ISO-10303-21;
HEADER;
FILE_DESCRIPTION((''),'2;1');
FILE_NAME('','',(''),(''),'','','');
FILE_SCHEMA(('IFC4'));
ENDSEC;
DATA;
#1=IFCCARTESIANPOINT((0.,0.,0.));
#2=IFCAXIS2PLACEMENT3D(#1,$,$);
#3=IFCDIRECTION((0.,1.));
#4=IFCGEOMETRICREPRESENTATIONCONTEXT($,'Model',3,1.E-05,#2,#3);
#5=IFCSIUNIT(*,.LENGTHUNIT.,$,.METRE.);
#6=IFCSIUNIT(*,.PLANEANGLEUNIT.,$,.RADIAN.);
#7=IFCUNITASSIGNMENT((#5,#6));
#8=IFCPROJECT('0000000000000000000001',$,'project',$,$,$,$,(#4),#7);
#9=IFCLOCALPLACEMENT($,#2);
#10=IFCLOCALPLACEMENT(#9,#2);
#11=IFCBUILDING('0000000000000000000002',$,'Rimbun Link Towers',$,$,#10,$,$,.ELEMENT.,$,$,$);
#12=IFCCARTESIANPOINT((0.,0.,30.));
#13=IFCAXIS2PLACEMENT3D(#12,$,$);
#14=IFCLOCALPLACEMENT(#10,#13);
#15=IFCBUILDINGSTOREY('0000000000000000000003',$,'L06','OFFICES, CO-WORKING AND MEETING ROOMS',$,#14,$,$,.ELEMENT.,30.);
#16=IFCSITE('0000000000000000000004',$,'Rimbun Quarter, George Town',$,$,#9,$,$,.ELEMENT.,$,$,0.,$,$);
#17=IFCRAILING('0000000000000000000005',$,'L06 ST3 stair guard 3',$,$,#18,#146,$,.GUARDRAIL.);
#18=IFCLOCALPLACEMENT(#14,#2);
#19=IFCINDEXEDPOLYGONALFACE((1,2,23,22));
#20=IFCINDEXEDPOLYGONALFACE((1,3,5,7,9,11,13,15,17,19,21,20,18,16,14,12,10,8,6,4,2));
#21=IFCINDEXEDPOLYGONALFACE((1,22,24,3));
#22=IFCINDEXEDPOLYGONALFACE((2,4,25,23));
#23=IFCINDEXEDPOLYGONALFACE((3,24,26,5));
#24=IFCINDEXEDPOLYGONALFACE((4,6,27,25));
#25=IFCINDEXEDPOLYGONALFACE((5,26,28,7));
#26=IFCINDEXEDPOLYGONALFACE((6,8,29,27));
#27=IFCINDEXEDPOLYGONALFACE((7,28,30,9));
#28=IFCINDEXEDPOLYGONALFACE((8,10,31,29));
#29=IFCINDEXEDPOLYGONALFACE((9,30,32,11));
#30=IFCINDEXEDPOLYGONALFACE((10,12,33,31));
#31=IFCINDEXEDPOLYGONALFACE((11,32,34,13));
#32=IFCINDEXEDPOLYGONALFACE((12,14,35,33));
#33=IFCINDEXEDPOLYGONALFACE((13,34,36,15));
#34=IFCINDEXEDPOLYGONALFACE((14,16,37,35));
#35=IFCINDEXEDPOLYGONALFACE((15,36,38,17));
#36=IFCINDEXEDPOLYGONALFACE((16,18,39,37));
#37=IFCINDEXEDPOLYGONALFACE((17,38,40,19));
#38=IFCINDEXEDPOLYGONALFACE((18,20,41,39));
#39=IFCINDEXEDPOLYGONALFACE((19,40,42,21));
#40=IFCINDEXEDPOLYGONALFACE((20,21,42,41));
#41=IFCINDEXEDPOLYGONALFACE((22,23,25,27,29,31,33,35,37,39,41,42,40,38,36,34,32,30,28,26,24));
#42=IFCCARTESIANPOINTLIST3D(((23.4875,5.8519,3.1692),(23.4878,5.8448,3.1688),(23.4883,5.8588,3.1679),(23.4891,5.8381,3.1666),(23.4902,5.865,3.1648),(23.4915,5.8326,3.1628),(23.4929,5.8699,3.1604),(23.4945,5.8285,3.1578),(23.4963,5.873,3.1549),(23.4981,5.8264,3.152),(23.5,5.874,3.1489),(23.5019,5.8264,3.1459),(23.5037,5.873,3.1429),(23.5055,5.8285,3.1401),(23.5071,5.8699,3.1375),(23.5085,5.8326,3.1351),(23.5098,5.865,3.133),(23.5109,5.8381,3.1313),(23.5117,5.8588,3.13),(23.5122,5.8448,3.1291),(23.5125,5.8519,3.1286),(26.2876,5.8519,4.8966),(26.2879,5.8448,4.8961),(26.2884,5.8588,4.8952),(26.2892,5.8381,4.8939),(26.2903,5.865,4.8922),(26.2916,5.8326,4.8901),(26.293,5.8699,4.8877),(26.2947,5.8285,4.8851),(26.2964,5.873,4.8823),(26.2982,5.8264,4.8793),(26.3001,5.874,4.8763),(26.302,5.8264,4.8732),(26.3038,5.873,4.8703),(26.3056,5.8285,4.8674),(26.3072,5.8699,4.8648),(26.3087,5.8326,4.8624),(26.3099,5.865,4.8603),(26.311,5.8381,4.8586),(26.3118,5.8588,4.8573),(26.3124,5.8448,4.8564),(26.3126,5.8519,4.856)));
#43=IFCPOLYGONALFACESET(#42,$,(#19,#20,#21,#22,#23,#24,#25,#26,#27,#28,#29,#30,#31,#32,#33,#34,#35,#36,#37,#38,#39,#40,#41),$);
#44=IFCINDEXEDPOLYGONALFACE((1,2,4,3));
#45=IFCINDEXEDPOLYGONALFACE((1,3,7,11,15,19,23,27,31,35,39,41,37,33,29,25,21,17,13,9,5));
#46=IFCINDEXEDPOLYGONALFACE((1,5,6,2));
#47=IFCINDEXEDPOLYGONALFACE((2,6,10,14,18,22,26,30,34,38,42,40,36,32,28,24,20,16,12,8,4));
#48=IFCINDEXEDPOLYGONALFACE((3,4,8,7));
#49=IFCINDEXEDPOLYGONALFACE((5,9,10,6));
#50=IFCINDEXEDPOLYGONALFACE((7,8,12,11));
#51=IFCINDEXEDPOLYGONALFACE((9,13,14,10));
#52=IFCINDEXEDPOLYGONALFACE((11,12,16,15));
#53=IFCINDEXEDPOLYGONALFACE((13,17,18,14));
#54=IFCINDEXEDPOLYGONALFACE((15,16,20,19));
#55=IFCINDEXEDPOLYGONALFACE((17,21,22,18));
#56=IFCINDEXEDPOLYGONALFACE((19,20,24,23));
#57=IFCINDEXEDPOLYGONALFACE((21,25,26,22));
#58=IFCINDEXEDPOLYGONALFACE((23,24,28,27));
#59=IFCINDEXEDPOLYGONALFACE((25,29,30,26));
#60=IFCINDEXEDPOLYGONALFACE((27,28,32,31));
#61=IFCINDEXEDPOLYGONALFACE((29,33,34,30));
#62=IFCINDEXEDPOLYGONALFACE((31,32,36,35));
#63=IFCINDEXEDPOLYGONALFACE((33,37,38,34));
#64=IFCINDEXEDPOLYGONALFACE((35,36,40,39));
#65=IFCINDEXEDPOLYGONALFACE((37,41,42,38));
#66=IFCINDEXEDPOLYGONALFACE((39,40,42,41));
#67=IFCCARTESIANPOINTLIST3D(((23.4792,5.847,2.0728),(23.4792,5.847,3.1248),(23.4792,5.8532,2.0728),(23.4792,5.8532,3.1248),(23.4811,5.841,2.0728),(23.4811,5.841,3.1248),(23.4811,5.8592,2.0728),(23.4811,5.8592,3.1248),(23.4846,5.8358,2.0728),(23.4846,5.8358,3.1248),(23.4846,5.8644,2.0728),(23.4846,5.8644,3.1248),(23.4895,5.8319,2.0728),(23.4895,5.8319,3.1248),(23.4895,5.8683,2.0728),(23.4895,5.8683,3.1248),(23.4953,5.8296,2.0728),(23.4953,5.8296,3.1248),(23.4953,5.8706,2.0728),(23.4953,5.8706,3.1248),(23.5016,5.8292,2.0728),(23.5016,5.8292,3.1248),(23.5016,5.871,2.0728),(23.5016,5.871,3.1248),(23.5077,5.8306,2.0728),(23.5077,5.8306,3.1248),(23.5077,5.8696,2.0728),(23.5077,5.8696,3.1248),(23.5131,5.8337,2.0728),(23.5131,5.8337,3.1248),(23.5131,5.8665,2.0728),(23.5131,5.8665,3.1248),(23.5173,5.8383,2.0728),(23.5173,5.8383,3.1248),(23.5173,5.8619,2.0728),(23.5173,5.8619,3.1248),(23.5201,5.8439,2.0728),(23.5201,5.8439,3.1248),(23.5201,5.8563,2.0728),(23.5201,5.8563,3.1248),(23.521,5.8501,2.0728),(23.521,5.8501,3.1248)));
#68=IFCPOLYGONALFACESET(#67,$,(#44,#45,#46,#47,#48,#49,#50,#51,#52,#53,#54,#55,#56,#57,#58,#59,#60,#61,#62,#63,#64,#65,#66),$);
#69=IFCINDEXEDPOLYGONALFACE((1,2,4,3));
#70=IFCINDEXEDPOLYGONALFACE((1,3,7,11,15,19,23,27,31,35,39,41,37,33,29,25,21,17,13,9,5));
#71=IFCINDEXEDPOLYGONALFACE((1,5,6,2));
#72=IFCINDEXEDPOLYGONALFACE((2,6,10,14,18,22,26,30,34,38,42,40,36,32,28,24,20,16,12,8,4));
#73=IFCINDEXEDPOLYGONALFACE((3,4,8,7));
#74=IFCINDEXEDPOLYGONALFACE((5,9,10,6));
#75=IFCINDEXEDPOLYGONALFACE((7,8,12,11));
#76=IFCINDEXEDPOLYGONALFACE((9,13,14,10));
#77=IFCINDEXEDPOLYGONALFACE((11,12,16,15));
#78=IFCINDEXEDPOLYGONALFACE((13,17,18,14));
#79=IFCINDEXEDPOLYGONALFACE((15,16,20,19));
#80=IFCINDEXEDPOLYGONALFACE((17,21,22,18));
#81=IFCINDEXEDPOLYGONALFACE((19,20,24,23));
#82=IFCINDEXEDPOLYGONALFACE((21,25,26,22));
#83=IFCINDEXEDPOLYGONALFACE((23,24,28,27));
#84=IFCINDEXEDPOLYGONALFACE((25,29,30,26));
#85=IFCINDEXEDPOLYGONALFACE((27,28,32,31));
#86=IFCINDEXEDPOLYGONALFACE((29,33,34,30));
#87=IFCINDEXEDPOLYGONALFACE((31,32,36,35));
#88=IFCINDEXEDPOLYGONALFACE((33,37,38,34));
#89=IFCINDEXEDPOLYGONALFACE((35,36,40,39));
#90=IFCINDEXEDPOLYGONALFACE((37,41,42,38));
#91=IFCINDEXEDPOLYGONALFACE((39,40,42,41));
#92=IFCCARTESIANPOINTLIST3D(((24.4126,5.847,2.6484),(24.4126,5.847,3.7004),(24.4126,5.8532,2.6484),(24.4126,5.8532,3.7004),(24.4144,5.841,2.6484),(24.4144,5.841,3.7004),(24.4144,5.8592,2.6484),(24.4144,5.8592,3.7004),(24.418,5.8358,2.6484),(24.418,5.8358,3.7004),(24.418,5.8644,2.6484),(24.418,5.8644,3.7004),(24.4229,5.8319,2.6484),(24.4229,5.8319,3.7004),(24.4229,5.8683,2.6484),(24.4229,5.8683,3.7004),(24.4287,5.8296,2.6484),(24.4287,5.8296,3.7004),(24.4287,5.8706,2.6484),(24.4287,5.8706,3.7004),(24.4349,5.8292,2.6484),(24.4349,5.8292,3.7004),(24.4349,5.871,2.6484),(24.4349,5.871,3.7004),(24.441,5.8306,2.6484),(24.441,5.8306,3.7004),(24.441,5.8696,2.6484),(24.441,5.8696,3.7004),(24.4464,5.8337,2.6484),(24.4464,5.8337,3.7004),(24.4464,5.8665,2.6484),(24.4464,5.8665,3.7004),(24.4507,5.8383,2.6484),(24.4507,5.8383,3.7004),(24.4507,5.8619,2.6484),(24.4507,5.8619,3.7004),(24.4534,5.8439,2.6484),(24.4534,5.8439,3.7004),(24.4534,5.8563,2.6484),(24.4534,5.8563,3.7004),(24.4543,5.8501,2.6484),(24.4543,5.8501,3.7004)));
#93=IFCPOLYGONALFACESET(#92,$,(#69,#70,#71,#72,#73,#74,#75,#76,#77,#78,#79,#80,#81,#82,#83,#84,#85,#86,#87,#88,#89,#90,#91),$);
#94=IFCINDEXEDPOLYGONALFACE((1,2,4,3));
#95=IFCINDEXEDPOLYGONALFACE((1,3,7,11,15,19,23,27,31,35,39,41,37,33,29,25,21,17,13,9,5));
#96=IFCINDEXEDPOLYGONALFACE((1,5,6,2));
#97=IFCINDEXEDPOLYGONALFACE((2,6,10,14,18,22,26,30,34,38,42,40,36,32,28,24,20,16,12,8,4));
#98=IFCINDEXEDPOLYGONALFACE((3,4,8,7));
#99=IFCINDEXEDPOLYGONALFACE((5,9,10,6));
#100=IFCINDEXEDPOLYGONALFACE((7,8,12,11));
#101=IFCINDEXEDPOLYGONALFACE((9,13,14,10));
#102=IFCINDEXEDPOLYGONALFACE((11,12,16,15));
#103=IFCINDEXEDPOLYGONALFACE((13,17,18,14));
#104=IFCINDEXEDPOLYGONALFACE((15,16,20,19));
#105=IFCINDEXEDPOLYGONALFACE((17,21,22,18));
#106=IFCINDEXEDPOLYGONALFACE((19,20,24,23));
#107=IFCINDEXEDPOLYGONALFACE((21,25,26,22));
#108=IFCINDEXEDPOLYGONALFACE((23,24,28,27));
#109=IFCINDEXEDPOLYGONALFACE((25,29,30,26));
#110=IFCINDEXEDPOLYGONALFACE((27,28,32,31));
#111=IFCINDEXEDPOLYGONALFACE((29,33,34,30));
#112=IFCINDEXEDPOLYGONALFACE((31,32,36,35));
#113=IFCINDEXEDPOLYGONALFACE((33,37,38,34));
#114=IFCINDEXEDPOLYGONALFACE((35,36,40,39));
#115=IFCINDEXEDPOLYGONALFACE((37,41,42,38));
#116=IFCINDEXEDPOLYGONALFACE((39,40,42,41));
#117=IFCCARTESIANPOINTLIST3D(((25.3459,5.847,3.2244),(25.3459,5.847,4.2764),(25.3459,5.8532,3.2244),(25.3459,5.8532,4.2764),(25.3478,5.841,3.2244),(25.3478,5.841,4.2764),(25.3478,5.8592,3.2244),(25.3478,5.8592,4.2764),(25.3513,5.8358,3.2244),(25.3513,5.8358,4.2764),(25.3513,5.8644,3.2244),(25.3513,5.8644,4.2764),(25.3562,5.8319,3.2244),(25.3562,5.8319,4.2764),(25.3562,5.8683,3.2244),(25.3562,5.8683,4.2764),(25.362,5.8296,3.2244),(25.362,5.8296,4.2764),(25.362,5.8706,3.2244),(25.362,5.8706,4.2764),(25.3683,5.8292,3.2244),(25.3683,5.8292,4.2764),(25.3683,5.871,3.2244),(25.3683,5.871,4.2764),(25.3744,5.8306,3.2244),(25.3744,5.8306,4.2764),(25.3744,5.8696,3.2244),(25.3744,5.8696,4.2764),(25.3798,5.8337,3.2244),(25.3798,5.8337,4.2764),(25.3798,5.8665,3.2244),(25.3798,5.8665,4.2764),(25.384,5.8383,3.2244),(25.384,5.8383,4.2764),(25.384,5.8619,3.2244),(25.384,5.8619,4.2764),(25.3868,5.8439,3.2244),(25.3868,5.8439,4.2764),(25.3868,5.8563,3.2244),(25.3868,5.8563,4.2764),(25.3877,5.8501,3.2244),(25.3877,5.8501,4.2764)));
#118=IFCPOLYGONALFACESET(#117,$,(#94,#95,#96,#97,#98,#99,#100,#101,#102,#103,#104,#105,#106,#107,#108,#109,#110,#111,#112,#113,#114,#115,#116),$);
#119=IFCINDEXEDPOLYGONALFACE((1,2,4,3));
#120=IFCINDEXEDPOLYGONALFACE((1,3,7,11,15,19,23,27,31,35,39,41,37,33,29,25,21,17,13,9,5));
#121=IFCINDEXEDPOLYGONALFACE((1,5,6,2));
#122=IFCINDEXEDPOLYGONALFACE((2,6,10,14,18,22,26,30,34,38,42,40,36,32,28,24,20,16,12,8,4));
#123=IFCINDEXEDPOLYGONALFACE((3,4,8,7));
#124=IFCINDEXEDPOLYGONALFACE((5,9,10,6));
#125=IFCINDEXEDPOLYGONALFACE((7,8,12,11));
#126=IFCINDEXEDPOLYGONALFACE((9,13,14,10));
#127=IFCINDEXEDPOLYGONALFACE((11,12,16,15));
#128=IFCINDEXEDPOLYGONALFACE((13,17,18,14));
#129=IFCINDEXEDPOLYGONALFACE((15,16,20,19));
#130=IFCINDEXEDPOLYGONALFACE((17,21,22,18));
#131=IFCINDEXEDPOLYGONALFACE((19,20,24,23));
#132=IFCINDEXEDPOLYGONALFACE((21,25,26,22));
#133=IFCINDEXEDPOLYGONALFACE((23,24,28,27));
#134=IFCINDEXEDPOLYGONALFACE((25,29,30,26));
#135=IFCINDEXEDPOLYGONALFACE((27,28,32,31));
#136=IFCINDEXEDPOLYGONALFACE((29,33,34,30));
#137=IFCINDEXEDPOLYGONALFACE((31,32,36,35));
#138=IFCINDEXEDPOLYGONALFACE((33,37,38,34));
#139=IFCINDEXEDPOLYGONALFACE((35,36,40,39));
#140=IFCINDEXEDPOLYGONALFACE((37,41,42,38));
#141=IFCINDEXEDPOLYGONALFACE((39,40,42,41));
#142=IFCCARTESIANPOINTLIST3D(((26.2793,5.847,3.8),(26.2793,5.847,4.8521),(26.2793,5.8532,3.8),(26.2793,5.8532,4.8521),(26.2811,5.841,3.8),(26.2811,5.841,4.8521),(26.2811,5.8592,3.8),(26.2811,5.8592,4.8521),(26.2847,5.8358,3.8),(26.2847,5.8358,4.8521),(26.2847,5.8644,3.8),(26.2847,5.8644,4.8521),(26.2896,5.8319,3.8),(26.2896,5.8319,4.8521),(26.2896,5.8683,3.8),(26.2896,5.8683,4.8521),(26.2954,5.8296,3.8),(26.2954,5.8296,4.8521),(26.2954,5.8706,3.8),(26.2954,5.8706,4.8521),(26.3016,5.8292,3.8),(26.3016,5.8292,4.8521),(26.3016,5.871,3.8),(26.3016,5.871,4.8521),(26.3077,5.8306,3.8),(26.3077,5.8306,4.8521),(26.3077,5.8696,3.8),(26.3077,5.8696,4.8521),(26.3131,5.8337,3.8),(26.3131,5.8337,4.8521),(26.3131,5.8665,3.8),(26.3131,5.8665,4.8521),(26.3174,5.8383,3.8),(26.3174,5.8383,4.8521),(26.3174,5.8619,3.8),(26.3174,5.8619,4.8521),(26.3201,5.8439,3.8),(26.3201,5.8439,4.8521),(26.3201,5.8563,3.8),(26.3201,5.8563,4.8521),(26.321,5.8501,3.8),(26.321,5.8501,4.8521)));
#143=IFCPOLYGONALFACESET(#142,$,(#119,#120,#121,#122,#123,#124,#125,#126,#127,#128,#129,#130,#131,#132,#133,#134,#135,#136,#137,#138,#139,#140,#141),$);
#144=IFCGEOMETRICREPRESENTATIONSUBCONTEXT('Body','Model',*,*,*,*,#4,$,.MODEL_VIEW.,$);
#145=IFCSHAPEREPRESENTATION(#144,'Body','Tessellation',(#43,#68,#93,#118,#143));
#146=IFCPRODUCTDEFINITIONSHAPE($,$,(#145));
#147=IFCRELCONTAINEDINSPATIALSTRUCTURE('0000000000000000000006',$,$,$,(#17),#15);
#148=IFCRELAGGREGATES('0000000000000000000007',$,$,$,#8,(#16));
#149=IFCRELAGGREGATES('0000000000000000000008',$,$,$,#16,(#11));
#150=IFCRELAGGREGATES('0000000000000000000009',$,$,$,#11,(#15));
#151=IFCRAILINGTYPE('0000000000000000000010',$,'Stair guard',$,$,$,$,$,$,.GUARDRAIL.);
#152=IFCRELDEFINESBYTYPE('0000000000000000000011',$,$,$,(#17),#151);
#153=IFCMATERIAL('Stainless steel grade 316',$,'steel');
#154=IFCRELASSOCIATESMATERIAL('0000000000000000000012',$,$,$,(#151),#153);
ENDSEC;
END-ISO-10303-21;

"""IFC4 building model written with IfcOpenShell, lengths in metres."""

from ifc_helpers import new_model, si_unit, direction, frame, origin, origin_2d, place, context, subcontext, project, spatial, circle, extrude, material, type_object, element, save


model = new_model("IFC4")

# Units and contexts
model_context = context("Model", 3, precision=1e-05, world=origin(), true_north=direction((0.0, 1.0)))
body_context = subcontext(model_context, "Body", "Model", "MODEL_VIEW")
ifc_project = project(units=[si_unit("LENGTHUNIT", "METRE"), si_unit("PLANEANGLEUNIT", "RADIAN")], contexts=[model_context])

# Site, building, storey
site_placement = place(None, origin())
site = spatial("IfcSite", under=ifc_project, at=site_placement, Name="Rimbun Quarter, George Town", CompositionType="ELEMENT", RefElevation=0.0)
building_placement = place(site_placement, origin())
building = spatial("IfcBuilding", under=site, at=building_placement, Name="Rimbun Link Towers", CompositionType="ELEMENT")
storey_placement = place(building_placement, frame((0.0, 0.0, 30.0)))
storey = spatial("IfcBuildingStorey", under=building, at=storey_placement, Name="L06", Description="OFFICES, CO-WORKING AND MEETING ROOMS", CompositionType="ELEMENT", Elevation=30.0)

# Railing
ifc_material_1 = material(Name="Stainless steel grade 316", Category="steel")
railing_type_1 = type_object("IfcRailingType", Name="Stair guard", PredefinedType="GUARDRAIL", material=ifc_material_1)
railing_1_placement = place(storey_placement, frame((23.5, 5.8501, 2.0728)))
element("IfcRailing", 1, at=railing_1_placement, inside=storey, type_object=railing_type_1, Name="L06 ST3 stair guard 3", PredefinedType="GUARDRAIL", context=body_context, shape_type="SweptSolid", body=[
    extrude(circle(Radius=0.0239, at=origin_2d()), frame((0.0, 0.0, 1.0762), z_axis=(0.85109, 0.0, 0.52502), x_axis=(0.0, 1.0, 0.0)), (0.0, 0.0, 1.0), 3.29),
    extrude(circle(Radius=0.021, at=origin_2d()), origin(), (0.0, 0.0, 1.0), 1.052),
    extrude(circle(Radius=0.021, at=origin_2d()), frame((0.9333, 0.0, 0.5757)), (0.0, 0.0, 1.0), 1.052),
    extrude(circle(Radius=0.021, at=origin_2d()), frame((1.8667, 0.0, 1.1516)), (0.0, 0.0, 1.0), 1.052),
    extrude(circle(Radius=0.021, at=origin_2d()), frame((2.8, 0.0, 1.7273)), (0.0, 0.0, 1.0), 1.052),
])

save(model, "model.ifc")
